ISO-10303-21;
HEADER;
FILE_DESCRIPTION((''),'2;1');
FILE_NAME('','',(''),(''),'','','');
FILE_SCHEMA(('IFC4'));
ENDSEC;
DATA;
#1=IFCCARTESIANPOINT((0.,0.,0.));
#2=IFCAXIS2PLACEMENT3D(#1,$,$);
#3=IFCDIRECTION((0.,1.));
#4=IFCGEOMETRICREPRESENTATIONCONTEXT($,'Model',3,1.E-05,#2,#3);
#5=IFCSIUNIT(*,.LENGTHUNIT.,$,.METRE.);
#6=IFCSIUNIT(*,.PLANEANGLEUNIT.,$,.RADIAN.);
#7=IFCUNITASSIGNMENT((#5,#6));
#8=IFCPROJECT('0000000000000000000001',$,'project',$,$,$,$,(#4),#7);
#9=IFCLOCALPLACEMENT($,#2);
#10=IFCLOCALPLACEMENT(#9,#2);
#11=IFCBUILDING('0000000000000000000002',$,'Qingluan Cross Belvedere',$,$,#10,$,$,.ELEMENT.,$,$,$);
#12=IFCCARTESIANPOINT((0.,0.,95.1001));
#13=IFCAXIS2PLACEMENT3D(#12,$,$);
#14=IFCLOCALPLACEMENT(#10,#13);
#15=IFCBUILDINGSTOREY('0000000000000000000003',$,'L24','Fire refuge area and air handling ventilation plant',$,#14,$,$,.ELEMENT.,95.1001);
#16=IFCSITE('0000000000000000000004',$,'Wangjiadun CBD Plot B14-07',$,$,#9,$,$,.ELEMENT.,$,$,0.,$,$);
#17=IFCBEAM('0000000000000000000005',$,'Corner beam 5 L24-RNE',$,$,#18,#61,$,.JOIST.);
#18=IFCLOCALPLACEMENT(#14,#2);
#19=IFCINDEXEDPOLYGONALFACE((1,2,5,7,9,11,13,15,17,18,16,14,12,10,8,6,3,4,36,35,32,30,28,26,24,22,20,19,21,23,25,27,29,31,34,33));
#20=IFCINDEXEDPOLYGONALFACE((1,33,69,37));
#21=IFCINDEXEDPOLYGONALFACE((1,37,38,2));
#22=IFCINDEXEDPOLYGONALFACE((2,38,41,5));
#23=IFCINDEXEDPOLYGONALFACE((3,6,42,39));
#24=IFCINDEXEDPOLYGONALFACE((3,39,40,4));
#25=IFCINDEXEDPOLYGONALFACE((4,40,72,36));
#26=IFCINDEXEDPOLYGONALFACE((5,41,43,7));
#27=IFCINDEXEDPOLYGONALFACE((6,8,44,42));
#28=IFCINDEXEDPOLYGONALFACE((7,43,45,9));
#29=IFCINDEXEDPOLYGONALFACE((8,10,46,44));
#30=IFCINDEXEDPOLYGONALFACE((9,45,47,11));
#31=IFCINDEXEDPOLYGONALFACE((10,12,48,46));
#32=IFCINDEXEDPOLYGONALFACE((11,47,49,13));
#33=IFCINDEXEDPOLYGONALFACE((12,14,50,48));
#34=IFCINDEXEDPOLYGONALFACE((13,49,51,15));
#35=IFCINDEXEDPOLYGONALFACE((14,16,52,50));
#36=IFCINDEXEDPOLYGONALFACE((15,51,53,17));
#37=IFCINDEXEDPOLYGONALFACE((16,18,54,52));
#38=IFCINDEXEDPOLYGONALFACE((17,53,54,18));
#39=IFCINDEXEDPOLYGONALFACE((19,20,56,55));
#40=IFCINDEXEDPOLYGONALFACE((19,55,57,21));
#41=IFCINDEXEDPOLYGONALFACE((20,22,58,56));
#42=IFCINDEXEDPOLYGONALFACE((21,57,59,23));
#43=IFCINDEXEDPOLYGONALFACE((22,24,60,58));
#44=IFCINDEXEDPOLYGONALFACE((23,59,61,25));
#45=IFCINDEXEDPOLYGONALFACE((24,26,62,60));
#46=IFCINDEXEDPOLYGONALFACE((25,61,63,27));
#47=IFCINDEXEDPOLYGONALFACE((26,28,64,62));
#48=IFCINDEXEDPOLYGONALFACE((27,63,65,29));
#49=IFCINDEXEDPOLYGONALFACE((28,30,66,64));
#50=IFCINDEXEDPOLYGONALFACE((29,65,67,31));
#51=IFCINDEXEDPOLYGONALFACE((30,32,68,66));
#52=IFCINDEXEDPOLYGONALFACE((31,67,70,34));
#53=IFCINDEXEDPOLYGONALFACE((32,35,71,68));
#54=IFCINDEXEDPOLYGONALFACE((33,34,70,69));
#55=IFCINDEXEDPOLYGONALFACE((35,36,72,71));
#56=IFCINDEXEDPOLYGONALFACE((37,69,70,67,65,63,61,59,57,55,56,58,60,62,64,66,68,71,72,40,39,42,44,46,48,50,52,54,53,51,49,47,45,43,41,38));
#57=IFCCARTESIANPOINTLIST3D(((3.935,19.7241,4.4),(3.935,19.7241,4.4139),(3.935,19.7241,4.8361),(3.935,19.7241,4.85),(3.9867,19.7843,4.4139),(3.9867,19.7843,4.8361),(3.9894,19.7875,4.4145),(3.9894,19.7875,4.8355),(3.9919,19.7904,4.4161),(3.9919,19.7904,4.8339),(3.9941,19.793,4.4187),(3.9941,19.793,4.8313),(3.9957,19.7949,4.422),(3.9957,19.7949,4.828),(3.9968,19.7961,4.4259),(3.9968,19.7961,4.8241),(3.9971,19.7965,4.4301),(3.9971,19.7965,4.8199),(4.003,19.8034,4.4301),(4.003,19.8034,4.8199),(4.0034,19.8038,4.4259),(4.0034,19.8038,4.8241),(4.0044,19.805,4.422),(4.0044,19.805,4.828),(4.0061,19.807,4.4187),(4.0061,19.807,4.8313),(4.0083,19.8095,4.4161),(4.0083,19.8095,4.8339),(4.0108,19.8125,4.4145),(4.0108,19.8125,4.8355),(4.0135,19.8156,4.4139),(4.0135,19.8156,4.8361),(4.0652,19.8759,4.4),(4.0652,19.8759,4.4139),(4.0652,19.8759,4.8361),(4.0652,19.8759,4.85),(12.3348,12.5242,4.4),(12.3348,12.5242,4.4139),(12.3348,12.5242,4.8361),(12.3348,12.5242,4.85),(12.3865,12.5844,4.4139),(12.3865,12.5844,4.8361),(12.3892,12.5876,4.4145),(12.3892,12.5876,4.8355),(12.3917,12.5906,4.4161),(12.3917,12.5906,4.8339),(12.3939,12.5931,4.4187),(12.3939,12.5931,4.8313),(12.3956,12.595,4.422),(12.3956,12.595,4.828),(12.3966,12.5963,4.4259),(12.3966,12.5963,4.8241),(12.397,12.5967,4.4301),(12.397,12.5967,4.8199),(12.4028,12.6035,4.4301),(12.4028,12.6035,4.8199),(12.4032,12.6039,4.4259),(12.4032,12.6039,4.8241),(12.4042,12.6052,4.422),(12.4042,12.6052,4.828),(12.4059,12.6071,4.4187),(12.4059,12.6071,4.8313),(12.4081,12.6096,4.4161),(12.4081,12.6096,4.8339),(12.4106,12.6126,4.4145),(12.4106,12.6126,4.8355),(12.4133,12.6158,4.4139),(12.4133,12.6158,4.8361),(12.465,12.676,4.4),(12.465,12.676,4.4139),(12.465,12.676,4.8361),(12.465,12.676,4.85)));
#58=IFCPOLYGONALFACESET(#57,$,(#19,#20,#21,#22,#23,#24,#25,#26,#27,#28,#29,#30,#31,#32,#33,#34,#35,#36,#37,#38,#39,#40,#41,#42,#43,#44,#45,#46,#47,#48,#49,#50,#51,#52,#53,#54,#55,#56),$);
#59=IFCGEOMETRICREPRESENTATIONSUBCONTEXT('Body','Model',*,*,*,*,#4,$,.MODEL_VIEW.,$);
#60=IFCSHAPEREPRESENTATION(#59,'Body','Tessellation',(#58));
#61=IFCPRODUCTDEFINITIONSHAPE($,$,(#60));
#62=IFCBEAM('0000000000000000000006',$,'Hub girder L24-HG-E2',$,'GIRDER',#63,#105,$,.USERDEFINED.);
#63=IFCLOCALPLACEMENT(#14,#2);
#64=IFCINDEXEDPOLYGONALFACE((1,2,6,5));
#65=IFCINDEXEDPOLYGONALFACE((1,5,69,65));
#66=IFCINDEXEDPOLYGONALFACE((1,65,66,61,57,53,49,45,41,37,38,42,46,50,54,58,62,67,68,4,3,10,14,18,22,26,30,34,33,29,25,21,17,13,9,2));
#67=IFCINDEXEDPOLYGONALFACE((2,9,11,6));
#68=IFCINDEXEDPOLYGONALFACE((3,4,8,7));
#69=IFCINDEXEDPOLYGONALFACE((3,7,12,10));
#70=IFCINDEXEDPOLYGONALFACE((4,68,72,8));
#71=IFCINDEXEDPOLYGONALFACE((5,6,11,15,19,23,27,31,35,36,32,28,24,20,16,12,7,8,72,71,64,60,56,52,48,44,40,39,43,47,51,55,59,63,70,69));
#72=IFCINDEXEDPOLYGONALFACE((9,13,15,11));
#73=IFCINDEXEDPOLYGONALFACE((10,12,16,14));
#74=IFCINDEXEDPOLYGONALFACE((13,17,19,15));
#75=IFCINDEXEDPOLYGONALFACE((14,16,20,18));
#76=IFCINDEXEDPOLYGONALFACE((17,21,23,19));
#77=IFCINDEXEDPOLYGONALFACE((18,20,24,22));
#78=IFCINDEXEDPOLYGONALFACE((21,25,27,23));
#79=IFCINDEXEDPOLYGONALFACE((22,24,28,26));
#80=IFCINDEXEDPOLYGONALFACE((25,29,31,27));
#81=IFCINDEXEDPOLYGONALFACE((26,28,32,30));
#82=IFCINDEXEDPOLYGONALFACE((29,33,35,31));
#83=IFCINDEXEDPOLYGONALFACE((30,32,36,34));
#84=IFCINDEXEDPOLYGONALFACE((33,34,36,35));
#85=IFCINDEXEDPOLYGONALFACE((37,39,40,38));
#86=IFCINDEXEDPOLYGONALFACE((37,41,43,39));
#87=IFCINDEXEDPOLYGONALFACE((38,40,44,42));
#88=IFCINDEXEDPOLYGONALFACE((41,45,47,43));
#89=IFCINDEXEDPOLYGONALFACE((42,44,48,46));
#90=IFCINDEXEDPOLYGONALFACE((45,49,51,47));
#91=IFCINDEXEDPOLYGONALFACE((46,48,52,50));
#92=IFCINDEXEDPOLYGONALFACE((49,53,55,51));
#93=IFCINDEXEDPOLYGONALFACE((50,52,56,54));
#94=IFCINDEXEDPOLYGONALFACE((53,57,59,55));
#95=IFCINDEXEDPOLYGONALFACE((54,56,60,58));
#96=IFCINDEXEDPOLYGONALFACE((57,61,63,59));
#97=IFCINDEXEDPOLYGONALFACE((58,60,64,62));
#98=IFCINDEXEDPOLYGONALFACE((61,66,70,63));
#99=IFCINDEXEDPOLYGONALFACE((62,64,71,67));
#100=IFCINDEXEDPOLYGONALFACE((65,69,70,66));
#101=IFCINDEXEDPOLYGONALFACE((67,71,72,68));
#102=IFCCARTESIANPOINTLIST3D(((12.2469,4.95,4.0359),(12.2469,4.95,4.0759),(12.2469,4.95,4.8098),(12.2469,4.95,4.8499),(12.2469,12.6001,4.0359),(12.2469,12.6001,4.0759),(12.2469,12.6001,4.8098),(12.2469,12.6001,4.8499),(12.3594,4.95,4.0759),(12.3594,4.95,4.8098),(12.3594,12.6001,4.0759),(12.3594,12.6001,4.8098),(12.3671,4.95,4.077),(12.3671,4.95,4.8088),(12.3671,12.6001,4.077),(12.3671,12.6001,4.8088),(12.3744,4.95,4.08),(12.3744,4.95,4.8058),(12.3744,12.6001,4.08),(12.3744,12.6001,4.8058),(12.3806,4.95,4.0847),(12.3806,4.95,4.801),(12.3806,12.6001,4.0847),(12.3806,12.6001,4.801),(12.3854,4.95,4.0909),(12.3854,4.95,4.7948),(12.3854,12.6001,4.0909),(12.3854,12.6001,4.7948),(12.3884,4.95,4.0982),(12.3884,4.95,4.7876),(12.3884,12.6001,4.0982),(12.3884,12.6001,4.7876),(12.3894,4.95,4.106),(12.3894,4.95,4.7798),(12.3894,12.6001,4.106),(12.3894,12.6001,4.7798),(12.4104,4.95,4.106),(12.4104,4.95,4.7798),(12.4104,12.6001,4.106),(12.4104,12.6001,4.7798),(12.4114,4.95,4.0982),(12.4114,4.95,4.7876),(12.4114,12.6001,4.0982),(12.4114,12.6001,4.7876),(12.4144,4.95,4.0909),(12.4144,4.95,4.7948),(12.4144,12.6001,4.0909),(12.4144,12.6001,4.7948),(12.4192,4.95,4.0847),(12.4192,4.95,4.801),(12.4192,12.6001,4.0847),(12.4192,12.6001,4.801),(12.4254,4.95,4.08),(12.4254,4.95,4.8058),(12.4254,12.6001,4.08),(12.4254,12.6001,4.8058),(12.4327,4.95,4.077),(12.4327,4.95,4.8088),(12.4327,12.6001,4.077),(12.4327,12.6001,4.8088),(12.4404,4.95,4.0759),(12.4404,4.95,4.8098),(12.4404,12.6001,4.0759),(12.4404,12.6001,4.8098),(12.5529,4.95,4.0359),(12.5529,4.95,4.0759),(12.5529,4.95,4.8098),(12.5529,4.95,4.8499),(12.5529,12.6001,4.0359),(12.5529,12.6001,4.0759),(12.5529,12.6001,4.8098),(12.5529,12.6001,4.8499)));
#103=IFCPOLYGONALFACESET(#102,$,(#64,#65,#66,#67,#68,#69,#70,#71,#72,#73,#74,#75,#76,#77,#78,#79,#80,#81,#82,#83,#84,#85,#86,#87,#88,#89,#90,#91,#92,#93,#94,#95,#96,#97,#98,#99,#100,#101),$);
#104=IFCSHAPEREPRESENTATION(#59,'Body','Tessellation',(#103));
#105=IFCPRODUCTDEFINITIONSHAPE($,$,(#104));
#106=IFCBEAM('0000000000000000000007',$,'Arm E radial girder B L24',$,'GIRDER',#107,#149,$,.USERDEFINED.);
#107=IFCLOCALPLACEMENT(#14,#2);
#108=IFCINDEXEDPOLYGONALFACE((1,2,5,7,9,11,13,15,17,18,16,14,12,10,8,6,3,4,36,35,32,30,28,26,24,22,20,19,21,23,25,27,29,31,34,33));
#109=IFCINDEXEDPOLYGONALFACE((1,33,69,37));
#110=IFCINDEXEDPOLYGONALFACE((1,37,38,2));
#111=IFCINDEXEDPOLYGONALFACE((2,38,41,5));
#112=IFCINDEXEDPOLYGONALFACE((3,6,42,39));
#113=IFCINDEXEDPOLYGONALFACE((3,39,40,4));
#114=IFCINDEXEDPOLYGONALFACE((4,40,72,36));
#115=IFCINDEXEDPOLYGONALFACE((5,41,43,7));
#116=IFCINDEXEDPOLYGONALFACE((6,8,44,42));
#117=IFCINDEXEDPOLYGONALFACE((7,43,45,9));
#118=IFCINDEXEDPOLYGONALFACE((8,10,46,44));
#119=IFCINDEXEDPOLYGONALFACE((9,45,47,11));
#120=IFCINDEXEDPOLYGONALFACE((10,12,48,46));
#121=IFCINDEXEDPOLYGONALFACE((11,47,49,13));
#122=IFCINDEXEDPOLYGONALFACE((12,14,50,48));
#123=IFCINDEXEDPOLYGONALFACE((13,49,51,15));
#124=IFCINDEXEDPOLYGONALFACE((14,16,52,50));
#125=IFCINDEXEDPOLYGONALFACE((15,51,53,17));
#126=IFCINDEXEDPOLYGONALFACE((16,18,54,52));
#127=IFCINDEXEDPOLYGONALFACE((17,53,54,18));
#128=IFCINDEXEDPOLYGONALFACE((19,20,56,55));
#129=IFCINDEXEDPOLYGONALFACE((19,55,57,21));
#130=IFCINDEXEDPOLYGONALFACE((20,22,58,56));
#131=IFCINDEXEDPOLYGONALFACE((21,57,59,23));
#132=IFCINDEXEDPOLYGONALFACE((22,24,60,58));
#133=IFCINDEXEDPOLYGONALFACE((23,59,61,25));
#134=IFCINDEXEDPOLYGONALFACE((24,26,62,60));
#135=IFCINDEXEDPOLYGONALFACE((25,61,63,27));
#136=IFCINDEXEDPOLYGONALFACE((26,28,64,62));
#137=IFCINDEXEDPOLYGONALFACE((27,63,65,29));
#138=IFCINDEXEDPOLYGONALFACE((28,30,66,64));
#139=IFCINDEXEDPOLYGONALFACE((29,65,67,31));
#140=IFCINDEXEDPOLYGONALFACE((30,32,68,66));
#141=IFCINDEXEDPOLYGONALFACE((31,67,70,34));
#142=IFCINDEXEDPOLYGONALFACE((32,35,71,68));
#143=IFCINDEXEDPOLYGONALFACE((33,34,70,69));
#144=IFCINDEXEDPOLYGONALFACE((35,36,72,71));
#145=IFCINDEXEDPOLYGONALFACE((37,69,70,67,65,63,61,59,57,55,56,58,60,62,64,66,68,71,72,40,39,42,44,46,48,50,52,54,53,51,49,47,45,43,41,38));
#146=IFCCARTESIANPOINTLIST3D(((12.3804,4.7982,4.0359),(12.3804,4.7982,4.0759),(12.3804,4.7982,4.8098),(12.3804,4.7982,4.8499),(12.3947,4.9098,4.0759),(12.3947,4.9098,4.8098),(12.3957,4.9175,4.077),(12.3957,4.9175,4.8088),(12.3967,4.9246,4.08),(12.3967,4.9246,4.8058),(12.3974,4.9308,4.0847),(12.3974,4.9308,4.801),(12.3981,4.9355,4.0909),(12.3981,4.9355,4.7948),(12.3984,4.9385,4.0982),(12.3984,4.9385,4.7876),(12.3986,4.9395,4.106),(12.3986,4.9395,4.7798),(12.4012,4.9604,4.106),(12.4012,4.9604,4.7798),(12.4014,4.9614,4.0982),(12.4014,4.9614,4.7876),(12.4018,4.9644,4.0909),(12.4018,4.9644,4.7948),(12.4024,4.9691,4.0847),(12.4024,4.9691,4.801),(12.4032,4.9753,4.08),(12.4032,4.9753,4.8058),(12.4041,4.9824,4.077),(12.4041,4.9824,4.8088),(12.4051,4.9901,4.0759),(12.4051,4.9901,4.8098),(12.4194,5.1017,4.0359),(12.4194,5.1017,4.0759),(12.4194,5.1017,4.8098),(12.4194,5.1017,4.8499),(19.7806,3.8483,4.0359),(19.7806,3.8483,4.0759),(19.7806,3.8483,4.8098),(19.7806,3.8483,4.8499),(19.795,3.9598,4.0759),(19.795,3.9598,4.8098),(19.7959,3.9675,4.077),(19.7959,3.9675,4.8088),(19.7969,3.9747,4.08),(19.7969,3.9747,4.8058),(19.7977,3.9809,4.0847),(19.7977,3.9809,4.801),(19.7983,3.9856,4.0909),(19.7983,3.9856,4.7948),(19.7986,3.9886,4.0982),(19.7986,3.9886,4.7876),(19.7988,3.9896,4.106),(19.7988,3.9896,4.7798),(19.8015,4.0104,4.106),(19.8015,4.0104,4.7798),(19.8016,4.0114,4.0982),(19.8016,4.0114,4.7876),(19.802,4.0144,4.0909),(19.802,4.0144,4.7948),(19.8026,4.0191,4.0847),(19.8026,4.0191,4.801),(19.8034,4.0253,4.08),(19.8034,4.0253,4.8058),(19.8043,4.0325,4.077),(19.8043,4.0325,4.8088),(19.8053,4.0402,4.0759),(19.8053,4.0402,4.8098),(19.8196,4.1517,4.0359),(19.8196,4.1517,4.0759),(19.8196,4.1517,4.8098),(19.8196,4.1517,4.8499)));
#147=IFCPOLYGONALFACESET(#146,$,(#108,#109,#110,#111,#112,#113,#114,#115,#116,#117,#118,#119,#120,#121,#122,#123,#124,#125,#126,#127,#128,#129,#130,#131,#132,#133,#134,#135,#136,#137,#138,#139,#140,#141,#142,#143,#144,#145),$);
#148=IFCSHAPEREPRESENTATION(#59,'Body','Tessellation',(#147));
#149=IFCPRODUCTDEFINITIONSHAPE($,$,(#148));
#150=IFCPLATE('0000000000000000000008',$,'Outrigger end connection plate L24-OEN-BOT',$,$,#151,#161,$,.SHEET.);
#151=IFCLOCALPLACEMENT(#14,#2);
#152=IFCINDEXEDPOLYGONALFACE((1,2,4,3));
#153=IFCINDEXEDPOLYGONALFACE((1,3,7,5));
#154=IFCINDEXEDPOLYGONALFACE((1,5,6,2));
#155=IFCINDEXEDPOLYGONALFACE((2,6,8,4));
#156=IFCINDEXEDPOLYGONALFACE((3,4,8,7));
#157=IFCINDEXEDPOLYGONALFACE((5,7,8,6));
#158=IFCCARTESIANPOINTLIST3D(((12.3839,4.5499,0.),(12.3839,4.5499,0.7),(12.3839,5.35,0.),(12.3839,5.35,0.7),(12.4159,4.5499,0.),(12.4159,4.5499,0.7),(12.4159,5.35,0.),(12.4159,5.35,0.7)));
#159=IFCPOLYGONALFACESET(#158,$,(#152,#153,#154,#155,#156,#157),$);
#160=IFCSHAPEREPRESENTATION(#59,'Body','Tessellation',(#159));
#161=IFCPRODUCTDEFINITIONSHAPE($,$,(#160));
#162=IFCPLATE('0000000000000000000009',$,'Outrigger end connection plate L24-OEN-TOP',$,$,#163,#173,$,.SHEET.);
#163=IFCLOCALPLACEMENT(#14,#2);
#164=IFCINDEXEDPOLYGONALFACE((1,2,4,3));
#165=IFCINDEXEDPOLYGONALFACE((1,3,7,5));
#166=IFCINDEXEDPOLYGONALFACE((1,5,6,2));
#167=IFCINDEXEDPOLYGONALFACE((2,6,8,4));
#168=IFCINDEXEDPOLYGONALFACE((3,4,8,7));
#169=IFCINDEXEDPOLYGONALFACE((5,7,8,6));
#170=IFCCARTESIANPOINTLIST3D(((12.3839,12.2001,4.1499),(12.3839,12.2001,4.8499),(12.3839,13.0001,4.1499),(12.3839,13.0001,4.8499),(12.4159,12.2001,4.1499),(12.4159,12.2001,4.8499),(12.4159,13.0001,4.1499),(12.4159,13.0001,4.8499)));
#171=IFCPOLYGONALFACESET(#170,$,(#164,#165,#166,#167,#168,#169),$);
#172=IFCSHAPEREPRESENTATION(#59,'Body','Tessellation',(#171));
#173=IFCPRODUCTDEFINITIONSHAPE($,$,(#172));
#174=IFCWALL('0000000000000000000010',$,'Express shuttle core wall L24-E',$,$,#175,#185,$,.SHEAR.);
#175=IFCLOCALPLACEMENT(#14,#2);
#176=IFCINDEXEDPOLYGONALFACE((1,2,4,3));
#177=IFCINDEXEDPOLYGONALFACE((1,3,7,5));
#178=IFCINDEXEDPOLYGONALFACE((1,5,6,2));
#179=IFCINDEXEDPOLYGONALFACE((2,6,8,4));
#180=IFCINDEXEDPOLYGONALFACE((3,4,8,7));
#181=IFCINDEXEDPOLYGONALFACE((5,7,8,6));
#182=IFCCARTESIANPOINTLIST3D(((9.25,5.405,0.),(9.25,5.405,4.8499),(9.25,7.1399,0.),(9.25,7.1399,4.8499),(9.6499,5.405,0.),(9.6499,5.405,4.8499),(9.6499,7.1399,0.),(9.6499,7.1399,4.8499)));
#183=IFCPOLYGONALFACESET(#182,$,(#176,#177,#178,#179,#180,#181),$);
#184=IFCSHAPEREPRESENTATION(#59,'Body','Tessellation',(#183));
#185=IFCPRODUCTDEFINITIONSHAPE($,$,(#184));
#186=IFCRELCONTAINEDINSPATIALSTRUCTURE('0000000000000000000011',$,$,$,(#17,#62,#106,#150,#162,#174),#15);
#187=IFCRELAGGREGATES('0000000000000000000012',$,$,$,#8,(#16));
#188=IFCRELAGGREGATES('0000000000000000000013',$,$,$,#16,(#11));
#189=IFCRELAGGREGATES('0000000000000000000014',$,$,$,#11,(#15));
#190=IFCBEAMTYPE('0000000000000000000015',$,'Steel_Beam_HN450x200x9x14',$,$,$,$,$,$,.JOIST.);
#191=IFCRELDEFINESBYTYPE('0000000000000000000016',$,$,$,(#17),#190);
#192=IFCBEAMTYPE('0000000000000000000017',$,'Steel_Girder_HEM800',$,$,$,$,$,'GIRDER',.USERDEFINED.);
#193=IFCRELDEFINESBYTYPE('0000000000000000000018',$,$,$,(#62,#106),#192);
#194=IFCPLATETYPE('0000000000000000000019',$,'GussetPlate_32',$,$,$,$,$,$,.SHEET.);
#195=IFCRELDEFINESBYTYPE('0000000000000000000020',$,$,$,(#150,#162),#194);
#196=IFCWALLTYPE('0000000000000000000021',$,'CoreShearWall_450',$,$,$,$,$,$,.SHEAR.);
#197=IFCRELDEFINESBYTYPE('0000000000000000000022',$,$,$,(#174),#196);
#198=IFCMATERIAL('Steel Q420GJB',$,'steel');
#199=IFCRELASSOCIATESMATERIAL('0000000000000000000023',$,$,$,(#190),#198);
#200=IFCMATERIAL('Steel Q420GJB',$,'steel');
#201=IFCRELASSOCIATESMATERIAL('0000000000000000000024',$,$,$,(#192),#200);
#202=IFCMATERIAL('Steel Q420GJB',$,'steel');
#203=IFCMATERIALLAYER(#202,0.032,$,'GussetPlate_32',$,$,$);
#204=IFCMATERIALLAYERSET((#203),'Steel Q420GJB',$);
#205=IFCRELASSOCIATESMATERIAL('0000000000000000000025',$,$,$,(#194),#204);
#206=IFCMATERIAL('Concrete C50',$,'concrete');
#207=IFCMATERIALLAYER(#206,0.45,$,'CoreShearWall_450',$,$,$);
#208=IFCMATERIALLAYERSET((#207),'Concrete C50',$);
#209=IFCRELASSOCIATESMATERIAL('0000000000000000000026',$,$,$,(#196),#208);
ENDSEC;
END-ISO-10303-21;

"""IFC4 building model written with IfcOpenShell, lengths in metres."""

from ifc_helpers import new_model, si_unit, direction, frame, frame_2d, origin, origin_2d, place, context, subcontext, project, spatial, rectangle, i_section, extrude, material, layer, layer_set, material_profile, profile_set, type_object, element, save


model = new_model("IFC4")

# Units and contexts
model_context = context("Model", 3, precision=1e-05, world=origin(), true_north=direction((0.0, 1.0)))
body_context = subcontext(model_context, "Body", "Model", "MODEL_VIEW")
ifc_project = project(units=[si_unit("LENGTHUNIT", "METRE"), si_unit("PLANEANGLEUNIT", "RADIAN")], contexts=[model_context])

# Site, building, storey
site_placement = place(None, origin())
site = spatial("IfcSite", under=ifc_project, at=site_placement, Name="Wangjiadun CBD Plot B14-07", CompositionType="ELEMENT", RefElevation=0.0)
building_placement = place(site_placement, origin())
building = spatial("IfcBuilding", under=site, at=building_placement, Name="Qingluan Cross Belvedere", CompositionType="ELEMENT")
storey_placement = place(building_placement, frame((0.0, 0.0, 95.1001)))
storey = spatial("IfcBuildingStorey", under=building, at=storey_placement, Name="L24", Description="Fire refuge area and air handling ventilation plant", CompositionType="ELEMENT", Elevation=95.1001)

# Beams
ifc_material_1 = material(Name="Steel Q420GJB", Category="steel")
ifc_material_profile_1 = material_profile(ifc_material_1, i_section(OverallWidth=0.2, OverallDepth=0.45, WebThickness=0.009, FlangeThickness=0.0139, FilletRadius=0.0161, at=origin_2d()), Name="HN450x200x9x14")
ifc_profile_set_1 = profile_set([ifc_material_profile_1], Name="Steel Q420GJB")
beam_type_1 = type_object("IfcBeamType", Name="Steel_Beam_HN450x200x9x14", PredefinedType="JOIST", material=ifc_profile_set_1)
beam_1_placement = place(storey_placement, frame((12.3999, 12.6001, 4.625), z_axis=(-0.759255, 0.650793, 0.0), x_axis=(-0.650793, -0.759255, 0.0)))
element("IfcBeam", 1, at=beam_1_placement, inside=storey, type_object=beam_type_1, Name="Corner beam 5 L24-RNE", PredefinedType="JOIST", context=body_context, shape_type="SweptSolid", body=[
    extrude(i_section(OverallWidth=0.2, OverallDepth=0.45, WebThickness=0.009, FlangeThickness=0.0139, FilletRadius=0.0161, at=origin_2d()), origin(), (0.0, 0.0, 1.0), 11.0632),
])
ifc_material_2 = material(Name="Steel Q420GJB", Category="steel")
ifc_material_profile_2 = material_profile(ifc_material_2, i_section(OverallWidth=0.3059, OverallDepth=0.814, WebThickness=0.021, FlangeThickness=0.04, FilletRadius=0.03, at=origin_2d()), Name="HEM800")
ifc_profile_set_2 = profile_set([ifc_material_profile_2], Name="Steel Q420GJB")
beam_type_2 = type_object("IfcBeamType", Name="Steel_Girder_HEM800", ElementType="GIRDER", PredefinedType="USERDEFINED", material=ifc_profile_set_2)
beam_2_placement = place(storey_placement, frame((12.3999, 4.95, 4.4429), z_axis=(0.0, 1.0, 0.0), x_axis=(-1.0, 0.0, 0.0)))
element("IfcBeam", 2, at=beam_2_placement, inside=storey, type_object=beam_type_2, Name="Hub girder L24-HG-E2", ObjectType="GIRDER", PredefinedType="USERDEFINED", context=body_context, shape_type="SweptSolid", body=[
    extrude(i_section(OverallWidth=0.3059, OverallDepth=0.814, WebThickness=0.021, FlangeThickness=0.04, FilletRadius=0.03, at=origin_2d()), origin(), (0.0, 0.0, 1.0), 7.6501),
])
beam_3_placement = place(storey_placement, frame((12.3999, 4.95, 4.4429), z_axis=(0.991861, -0.127324, 0.0), x_axis=(0.127324, 0.991861, 0.0)))
element("IfcBeam", 3, at=beam_3_placement, inside=storey, type_object=beam_type_2, Name="Arm E radial girder B L24", ObjectType="GIRDER", PredefinedType="USERDEFINED", context=body_context, shape_type="SweptSolid", body=[
    extrude(i_section(OverallWidth=0.3059, OverallDepth=0.814, WebThickness=0.021, FlangeThickness=0.04, FilletRadius=0.03, at=origin_2d()), origin(), (0.0, 0.0, 1.0), 7.4609),
])

# Plates
ifc_material_3 = material(Name="Steel Q420GJB", Category="steel")
ifc_layer_1 = layer(ifc_material_3, 0.032, Name="GussetPlate_32")
ifc_layer_set_1 = layer_set([ifc_layer_1], Name="Steel Q420GJB")
plate_type = type_object("IfcPlateType", Name="GussetPlate_32", PredefinedType="SHEET", material=ifc_layer_set_1)
for number, where, z_axis, x_axis, name in (
    (4, (12.3999, 4.95, 0.0), (0.0, 0.0, 1.0), (0.0, 1.0, 0.0), "Outrigger end connection plate L24-OEN-BOT"),
    (5, (12.3999, 12.6001, 4.1499), (0.0, 0.0, 1.0), (0.0, 1.0, 0.0), "Outrigger end connection plate L24-OEN-TOP"),
):
    element("IfcPlate", number, at=place(storey_placement, frame(where, z_axis=z_axis, x_axis=x_axis)), inside=storey, type_object=plate_type, Name=name, PredefinedType="SHEET", context=body_context, shape_type="SweptSolid", body=[
        extrude(rectangle(XDim=0.8, YDim=0.032, at=origin_2d()), origin(), (0.0, 0.0, 1.0), 0.7),
    ])

# Wall
ifc_material_4 = material(Name="Concrete C50", Category="concrete")
ifc_layer_2 = layer(ifc_material_4, 0.45, Name="CoreShearWall_450")
ifc_layer_set_2 = layer_set([ifc_layer_2], Name="Concrete C50")
wall_type_1 = type_object("IfcWallType", Name="CoreShearWall_450", PredefinedType="SHEAR", material=ifc_layer_set_2)
wall_1_placement = place(storey_placement, frame((9.45, 5.405, 0.0), z_axis=(0.0, 0.0, 1.0), x_axis=(0.0, 1.0, 0.0)))
element("IfcWall", 6, at=wall_1_placement, inside=storey, type_object=wall_type_1, Name="Express shuttle core wall L24-E", PredefinedType="SHEAR", context=body_context, shape_type="SweptSolid", body=[
    extrude(rectangle(XDim=1.7349, YDim=0.3999, at=frame_2d((0.8674, 0.0))), origin(), (0.0, 0.0, 1.0), 4.8499),
])

save(model, "model.ifc")
